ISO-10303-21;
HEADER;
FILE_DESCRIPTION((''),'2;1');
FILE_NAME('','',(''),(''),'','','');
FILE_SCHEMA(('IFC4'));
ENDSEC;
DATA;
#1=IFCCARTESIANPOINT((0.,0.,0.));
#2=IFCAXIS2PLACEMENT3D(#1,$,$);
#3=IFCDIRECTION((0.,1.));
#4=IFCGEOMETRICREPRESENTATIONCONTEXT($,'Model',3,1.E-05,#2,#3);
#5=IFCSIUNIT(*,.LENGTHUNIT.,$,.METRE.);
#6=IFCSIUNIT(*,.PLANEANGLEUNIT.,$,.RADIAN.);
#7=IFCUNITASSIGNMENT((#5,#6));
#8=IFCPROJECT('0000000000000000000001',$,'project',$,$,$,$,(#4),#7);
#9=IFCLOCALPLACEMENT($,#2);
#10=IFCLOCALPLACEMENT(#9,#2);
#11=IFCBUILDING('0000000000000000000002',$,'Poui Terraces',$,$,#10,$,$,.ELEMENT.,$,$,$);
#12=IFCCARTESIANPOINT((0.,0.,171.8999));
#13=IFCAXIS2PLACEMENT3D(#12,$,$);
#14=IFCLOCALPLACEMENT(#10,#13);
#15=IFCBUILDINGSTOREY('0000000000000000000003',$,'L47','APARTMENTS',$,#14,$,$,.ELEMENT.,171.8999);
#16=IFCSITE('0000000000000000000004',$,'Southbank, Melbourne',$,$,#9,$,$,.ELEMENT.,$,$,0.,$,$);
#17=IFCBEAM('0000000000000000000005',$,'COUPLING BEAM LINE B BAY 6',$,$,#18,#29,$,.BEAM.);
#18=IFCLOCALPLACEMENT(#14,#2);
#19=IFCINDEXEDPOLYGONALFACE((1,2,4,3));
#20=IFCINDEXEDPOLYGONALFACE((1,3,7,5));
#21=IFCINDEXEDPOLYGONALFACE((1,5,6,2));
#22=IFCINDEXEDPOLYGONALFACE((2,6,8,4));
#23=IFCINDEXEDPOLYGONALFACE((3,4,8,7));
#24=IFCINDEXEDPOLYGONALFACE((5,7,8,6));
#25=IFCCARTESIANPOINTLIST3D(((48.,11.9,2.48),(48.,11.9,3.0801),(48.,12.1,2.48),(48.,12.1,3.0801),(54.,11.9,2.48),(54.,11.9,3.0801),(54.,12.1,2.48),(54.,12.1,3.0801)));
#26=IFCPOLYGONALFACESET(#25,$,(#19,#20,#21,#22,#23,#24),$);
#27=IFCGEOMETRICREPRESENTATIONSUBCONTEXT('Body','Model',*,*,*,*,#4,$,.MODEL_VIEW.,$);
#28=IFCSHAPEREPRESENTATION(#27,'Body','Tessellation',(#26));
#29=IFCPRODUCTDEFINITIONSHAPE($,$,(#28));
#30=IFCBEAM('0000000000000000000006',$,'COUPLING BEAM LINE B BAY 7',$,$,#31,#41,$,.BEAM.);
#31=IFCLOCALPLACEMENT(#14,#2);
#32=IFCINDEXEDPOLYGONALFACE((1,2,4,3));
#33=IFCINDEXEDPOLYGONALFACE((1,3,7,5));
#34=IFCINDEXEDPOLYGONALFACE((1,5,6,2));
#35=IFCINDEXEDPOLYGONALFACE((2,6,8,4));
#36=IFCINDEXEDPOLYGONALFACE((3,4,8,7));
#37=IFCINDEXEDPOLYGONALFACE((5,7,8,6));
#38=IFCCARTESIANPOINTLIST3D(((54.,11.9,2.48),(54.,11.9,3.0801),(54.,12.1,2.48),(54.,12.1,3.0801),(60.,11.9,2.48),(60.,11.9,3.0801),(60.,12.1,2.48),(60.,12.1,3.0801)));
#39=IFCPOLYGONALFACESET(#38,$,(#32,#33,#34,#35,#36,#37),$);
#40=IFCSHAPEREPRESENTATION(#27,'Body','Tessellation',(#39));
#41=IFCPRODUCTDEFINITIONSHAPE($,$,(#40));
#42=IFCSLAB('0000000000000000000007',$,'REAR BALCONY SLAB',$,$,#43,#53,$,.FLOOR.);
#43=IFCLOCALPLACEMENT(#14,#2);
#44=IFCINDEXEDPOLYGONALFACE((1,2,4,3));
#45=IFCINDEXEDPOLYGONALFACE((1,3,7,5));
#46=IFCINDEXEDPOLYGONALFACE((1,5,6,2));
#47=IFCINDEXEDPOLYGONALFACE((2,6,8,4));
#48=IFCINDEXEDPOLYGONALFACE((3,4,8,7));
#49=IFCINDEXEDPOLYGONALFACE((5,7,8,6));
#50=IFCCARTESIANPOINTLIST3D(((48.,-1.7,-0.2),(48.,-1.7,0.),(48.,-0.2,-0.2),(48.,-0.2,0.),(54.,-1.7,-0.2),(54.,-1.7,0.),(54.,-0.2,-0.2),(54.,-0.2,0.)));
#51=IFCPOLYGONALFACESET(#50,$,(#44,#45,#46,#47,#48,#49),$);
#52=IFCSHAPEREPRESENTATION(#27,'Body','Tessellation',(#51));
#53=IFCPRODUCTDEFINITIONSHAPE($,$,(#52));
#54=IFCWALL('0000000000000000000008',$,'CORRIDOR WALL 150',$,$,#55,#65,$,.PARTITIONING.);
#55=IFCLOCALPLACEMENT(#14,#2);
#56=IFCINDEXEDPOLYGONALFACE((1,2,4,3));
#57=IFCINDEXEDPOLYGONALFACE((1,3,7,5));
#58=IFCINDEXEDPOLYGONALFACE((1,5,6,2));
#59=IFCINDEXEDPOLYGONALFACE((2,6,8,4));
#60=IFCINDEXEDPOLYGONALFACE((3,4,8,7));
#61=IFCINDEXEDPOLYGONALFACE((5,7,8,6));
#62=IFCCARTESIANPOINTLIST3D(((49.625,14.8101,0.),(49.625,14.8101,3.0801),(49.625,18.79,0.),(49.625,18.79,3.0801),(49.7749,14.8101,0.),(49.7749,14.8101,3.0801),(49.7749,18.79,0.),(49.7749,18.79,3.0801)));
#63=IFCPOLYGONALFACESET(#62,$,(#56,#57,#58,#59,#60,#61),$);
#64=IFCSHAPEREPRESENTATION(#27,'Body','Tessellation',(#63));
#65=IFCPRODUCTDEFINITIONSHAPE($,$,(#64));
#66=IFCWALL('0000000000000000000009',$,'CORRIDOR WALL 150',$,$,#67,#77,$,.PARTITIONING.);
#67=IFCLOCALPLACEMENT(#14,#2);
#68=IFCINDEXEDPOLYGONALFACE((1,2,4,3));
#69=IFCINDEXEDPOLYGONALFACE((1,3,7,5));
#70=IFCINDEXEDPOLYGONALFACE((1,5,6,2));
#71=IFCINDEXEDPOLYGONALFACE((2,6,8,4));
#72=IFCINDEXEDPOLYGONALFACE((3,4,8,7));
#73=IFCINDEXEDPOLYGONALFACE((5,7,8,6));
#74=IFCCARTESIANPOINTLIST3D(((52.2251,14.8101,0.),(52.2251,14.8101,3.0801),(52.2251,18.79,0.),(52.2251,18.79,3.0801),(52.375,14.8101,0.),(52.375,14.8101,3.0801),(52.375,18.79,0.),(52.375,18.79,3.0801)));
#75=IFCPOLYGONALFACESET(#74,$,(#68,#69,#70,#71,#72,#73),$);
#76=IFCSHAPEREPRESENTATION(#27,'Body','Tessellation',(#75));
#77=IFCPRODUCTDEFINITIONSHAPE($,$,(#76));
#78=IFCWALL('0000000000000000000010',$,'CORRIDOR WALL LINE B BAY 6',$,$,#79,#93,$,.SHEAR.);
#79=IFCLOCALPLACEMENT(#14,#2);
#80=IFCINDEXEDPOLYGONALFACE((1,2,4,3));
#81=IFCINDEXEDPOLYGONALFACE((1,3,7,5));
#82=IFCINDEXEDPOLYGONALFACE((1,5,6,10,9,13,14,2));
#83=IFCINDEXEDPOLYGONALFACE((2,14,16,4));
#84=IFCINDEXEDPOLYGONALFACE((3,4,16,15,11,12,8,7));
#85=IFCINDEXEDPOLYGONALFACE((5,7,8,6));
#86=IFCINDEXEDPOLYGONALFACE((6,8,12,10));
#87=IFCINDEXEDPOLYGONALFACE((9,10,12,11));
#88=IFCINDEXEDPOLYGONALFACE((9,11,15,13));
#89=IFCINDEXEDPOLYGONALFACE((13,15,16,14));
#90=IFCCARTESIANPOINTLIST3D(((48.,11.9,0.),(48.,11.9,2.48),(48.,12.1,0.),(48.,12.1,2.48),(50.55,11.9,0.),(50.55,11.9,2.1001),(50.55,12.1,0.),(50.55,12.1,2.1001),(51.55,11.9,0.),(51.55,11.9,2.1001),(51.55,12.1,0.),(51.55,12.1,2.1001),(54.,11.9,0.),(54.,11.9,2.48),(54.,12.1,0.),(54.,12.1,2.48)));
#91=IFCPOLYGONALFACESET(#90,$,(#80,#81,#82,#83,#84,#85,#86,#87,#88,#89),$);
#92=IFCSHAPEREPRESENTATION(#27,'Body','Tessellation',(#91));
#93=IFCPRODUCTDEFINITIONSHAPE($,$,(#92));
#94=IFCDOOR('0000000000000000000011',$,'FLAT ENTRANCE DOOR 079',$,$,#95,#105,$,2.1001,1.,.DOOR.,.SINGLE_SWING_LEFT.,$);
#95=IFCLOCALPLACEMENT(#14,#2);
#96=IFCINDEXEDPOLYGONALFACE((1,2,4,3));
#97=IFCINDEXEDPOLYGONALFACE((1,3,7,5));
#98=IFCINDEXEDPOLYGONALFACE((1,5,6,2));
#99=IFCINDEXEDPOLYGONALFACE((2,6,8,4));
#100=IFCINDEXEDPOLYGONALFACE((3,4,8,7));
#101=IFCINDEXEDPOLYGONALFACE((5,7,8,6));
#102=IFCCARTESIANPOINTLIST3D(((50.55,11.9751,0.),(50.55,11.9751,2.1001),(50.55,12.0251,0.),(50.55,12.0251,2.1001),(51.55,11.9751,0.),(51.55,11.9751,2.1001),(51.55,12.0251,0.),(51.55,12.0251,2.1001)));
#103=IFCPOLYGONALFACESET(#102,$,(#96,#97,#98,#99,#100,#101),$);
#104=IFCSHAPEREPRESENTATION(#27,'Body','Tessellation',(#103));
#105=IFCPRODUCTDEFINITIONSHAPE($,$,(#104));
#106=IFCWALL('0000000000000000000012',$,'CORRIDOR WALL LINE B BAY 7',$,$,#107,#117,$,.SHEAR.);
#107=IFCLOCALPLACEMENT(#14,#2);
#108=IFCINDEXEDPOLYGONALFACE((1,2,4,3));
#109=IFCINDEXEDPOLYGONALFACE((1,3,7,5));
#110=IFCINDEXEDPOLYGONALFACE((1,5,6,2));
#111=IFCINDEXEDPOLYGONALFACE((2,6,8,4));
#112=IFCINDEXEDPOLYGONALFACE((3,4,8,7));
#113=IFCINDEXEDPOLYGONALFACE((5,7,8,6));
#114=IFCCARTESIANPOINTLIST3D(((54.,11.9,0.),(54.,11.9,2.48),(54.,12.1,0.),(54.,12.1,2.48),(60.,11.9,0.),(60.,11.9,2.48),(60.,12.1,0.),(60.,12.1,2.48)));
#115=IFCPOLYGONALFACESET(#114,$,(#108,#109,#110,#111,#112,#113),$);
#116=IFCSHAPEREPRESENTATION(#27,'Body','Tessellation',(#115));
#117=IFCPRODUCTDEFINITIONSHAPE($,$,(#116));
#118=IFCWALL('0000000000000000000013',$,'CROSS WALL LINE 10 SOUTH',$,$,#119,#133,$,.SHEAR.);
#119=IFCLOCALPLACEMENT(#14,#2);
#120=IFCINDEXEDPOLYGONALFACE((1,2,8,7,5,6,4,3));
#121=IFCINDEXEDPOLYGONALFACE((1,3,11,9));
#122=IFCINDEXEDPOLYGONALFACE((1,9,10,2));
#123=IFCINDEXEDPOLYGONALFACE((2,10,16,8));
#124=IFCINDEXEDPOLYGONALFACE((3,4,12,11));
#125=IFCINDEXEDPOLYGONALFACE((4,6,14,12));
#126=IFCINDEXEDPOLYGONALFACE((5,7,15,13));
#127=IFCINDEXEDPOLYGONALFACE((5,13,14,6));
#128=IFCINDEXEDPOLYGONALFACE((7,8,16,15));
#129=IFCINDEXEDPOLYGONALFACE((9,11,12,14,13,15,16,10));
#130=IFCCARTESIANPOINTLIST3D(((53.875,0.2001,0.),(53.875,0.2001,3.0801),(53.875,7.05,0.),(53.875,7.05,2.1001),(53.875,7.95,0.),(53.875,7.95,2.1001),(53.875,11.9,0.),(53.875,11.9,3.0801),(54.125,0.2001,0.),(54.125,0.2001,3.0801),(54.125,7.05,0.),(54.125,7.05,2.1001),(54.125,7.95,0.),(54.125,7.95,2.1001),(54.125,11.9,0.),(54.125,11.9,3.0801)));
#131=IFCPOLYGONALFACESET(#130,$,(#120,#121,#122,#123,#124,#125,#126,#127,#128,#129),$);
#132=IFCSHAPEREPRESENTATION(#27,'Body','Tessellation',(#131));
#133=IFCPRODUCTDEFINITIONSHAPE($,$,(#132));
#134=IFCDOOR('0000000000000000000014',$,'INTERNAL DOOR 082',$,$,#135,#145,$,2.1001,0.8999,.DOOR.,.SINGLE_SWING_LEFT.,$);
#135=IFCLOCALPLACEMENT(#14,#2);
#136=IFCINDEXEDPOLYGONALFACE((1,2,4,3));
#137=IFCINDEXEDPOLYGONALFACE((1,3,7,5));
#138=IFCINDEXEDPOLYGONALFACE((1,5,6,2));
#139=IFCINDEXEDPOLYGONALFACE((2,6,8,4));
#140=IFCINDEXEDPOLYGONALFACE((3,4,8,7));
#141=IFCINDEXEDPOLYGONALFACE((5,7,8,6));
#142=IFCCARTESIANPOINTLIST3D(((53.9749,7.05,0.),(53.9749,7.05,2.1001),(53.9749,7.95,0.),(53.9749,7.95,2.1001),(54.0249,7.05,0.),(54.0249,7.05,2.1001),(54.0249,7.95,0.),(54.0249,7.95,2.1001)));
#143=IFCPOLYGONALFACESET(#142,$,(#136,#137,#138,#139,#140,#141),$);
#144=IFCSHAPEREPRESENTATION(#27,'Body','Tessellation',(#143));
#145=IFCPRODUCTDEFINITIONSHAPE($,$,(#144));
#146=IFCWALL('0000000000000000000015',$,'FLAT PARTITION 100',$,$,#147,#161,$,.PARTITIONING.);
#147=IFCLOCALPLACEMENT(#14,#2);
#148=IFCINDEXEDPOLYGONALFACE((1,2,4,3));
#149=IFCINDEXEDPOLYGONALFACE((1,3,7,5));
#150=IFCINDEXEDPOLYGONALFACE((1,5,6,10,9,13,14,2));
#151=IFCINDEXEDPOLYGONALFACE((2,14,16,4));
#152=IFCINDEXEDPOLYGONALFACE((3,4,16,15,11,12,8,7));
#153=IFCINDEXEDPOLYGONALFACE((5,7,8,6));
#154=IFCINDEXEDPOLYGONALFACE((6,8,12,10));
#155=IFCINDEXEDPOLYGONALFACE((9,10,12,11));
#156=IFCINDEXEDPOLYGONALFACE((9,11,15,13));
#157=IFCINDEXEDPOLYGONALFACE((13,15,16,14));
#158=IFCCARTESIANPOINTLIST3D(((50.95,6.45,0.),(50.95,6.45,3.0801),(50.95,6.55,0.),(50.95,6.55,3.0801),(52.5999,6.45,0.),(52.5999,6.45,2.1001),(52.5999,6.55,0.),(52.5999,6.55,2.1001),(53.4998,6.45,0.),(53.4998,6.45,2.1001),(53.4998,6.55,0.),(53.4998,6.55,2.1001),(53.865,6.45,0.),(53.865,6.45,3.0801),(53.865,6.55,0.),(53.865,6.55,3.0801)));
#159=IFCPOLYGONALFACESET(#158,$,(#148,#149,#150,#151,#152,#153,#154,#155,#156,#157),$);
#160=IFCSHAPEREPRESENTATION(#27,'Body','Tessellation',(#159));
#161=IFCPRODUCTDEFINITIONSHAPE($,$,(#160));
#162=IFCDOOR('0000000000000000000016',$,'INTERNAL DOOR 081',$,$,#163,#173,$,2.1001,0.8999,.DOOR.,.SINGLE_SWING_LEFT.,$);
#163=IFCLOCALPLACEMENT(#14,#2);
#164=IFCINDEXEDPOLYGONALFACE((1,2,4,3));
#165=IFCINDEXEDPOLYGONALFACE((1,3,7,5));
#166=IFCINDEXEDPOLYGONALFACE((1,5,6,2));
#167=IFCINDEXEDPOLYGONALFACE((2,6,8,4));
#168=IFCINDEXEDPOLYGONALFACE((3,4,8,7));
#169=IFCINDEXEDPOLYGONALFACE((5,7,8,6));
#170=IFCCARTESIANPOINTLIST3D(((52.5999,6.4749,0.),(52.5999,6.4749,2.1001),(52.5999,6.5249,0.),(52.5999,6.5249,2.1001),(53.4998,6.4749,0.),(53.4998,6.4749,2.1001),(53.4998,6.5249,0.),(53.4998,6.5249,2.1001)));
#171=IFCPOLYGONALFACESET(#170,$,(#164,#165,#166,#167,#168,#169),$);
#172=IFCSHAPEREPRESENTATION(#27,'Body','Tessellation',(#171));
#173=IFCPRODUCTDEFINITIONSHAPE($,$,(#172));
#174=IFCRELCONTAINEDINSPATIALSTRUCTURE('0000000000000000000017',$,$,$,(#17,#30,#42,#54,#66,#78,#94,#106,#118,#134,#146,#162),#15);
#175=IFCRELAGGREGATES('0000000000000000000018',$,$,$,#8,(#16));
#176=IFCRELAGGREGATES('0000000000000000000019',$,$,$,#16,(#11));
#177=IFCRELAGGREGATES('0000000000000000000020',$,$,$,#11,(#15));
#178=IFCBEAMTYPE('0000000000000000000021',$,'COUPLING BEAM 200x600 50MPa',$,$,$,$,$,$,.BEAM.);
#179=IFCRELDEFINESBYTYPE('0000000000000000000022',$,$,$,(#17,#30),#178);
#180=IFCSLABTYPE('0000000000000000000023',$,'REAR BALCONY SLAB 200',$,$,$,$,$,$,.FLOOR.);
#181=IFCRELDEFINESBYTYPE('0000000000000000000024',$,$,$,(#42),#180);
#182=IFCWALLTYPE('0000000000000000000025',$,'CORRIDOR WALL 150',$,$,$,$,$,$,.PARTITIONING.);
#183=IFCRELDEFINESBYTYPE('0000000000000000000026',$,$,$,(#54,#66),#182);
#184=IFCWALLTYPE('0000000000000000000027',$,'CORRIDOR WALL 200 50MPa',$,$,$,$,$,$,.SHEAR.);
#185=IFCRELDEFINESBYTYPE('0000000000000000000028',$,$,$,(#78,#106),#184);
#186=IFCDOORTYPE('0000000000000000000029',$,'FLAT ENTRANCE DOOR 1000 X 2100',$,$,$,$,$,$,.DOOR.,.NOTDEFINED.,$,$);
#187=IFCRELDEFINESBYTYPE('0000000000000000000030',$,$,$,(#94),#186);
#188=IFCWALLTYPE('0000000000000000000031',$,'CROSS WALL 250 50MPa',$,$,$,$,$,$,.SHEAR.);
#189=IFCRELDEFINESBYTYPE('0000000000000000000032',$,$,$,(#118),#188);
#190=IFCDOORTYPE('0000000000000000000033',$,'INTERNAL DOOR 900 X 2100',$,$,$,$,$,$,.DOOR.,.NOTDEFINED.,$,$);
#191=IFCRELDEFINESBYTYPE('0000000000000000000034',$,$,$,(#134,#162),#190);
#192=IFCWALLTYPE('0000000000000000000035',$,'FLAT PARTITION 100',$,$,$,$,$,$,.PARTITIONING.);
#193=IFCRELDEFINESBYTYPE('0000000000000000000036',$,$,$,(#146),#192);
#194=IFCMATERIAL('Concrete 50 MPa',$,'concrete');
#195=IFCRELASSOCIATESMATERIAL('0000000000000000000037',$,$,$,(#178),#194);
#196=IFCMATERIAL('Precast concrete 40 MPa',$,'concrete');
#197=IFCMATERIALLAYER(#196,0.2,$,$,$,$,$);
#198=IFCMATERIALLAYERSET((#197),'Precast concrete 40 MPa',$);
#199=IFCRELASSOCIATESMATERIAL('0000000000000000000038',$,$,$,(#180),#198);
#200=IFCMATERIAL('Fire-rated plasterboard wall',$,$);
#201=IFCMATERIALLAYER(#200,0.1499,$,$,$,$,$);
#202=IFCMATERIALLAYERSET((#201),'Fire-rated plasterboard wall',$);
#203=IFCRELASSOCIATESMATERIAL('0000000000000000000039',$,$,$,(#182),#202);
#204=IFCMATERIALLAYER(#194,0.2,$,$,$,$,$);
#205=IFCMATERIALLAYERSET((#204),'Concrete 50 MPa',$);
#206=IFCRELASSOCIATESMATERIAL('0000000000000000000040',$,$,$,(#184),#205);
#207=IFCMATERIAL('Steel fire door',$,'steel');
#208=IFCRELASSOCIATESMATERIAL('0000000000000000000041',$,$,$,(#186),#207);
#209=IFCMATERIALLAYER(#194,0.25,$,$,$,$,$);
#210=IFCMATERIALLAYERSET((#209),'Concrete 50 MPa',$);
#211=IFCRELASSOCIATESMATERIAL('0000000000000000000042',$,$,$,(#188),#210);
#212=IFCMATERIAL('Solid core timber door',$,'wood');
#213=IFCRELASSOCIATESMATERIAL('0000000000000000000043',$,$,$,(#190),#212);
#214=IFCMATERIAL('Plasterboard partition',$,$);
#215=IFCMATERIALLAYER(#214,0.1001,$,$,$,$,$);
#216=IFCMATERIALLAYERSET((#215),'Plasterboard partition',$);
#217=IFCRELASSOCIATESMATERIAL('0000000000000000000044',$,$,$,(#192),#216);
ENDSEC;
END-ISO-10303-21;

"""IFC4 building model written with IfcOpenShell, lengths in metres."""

from ifc_helpers import new_model, si_unit, direction, frame, frame_2d, origin, origin_2d, place, context, subcontext, project, spatial, polyline, rectangle, outline, extrude, source, transform, mapped, material, layer, layer_set, material_profile, profile_set, type_object, element, fill, save


model = new_model("IFC4")

# Units and contexts
model_context = context("Model", 3, precision=1e-05, world=origin(), true_north=direction((0.0, 1.0)))
body_context = subcontext(model_context, "Body", "Model", "MODEL_VIEW")
ifc_project = project(units=[si_unit("LENGTHUNIT", "METRE"), si_unit("PLANEANGLEUNIT", "RADIAN")], contexts=[model_context])

# Site, building, storey
site_placement = place(None, origin())
site = spatial("IfcSite", under=ifc_project, at=site_placement, Name="Southbank, Melbourne", CompositionType="ELEMENT", RefElevation=0.0)
building_placement = place(site_placement, origin())
building = spatial("IfcBuilding", under=site, at=building_placement, Name="Poui Terraces", CompositionType="ELEMENT")
storey_placement = place(building_placement, frame((0.0, 0.0, 171.8999)))
storey = spatial("IfcBuildingStorey", under=building, at=storey_placement, Name="L47", Description="APARTMENTS", CompositionType="ELEMENT", Elevation=171.8999)

# Beams
ifc_material_1 = material(Name="Concrete 50 MPa", Category="concrete")
ifc_material_profile_1 = material_profile(ifc_material_1, rectangle(XDim=0.2, YDim=0.6001, at=origin_2d()), Name="RC 200x600")
ifc_profile_set_1 = profile_set([ifc_material_profile_1], Name="Concrete 50 MPa")
beam_type = type_object("IfcBeamType", Name="COUPLING BEAM 200x600 50MPa", PredefinedType="BEAM", material=ifc_profile_set_1)
shared_shape_1 = source(origin(), body_context, "Body", "SweptSolid", [
    extrude(rectangle(XDim=0.2, YDim=0.6001, at=origin_2d()), origin(), (0.0, 0.0, 1.0), 6.0),
])
for number, where, z_axis, x_axis, name in (
    (1, (48.0, 12.0, 2.78), (1.0, 0.0, 0.0), (0.0, 1.0, 0.0), "COUPLING BEAM LINE B BAY 6"),
    (2, (54.0, 12.0, 2.78), (1.0, 0.0, 0.0), (0.0, 1.0, 0.0), "COUPLING BEAM LINE B BAY 7"),
):
    element("IfcBeam", number, at=place(storey_placement, frame(where, z_axis=z_axis, x_axis=x_axis)), inside=storey, type_object=beam_type, Name=name, PredefinedType="BEAM", context=body_context, shape_type="MappedRepresentation", body=[
        mapped(shared_shape_1, transform((0.0, 0.0, 0.0))),
    ])

# Slab
ifc_material_2 = material(Name="Precast concrete 40 MPa", Category="concrete")
ifc_layer_1 = layer(ifc_material_2, 0.2)
ifc_layer_set_1 = layer_set([ifc_layer_1], Name="Precast concrete 40 MPa")
slab_type = type_object("IfcSlabType", Name="REAR BALCONY SLAB 200", PredefinedType="FLOOR", material=ifc_layer_set_1)
shared_shape_2 = source(origin(), body_context, "Body", "SweptSolid", [
    extrude(outline(polyline([(0.0, 0.0), (6.0, 0.0), (6.0, 1.5), (0.0, 1.5), (0.0, 0.0)])), origin(), (0.0, 0.0, 1.0), 0.2),
])
slab_placement = place(storey_placement, frame((48.0, -1.7, -0.2)))
element("IfcSlab", 3, at=slab_placement, inside=storey, type_object=slab_type, Name="REAR BALCONY SLAB", PredefinedType="FLOOR", context=body_context, shape_type="MappedRepresentation", body=[
    mapped(shared_shape_2, transform((0.0, 0.0, 0.0))),
])

# Walls
ifc_material_3 = material(Name="Fire-rated plasterboard wall")
ifc_layer_2 = layer(ifc_material_3, 0.1499)
ifc_layer_set_2 = layer_set([ifc_layer_2], Name="Fire-rated plasterboard wall")
wall_type_1 = type_object("IfcWallType", Name="CORRIDOR WALL 150", PredefinedType="PARTITIONING", material=ifc_layer_set_2)
for number, where, z_axis, x_axis, name in (
    (4, (49.7, 14.8101, 0.0), (0.0, 0.0, 1.0), (0.0, 1.0, 0.0), "CORRIDOR WALL 150"),
    (5, (52.3, 14.8101, 0.0), (0.0, 0.0, 1.0), (0.0, 1.0, 0.0), "CORRIDOR WALL 150"),
):
    element("IfcWall", number, at=place(storey_placement, frame(where, z_axis=z_axis, x_axis=x_axis)), inside=storey, type_object=wall_type_1, Name=name, PredefinedType="PARTITIONING", context=body_context, shape_type="SweptSolid", body=[
        extrude(rectangle(XDim=3.98, YDim=0.1499, at=frame_2d((1.99, 0.0))), origin(), (0.0, 0.0, 1.0), 3.0801),
    ])

# Wall, opening, door
ifc_layer_3 = layer(ifc_material_1, 0.2)
ifc_layer_set_3 = layer_set([ifc_layer_3], Name="Concrete 50 MPa")
wall_type_2 = type_object("IfcWallType", Name="CORRIDOR WALL 200 50MPa", PredefinedType="SHEAR", material=ifc_layer_set_3)
wall_1_placement = place(storey_placement, frame((48.0, 12.0, 0.0), z_axis=(0.0, 0.0, 1.0), x_axis=(1.0, 0.0, 0.0)))
wall_1 = element("IfcWall", 6, at=wall_1_placement, inside=storey, type_object=wall_type_2, Name="CORRIDOR WALL LINE B BAY 6", PredefinedType="SHEAR", context=body_context, shape_type="SweptSolid", body=[
    extrude(rectangle(XDim=6.0, YDim=0.2, at=frame_2d((3.0, 0.0))), origin(), (0.0, 0.0, 1.0), 2.48),
])
opening_1_placement = place(wall_1_placement, frame((2.55, 0.0, 0.0)))
opening_1 = element("IfcOpeningElement", 7, at=opening_1_placement, cuts=wall_1, PredefinedType="OPENING", context=body_context, shape_type="SweptSolid", body=[
    extrude(rectangle(XDim=1.0, YDim=2.1001, at=frame_2d((0.5, 1.05))), frame((0.0, 0.1099, 0.0), z_axis=(0.0, -1.0, 0.0), x_axis=(1.0, 0.0, 0.0)), (0.0, 0.0, 1.0), 0.22),
])
ifc_material_4 = material(Name="Steel fire door", Category="steel")
door_type_1 = type_object("IfcDoorType", Name="FLAT ENTRANCE DOOR 1000 X 2100", OperationType="NOTDEFINED", PredefinedType="DOOR", material=ifc_material_4)
door_1_placement = place(opening_1_placement, frame((1.0, 0.0, 0.0), z_axis=(0.0, 0.0, 1.0), x_axis=(-1.0, 0.0, 0.0)))
door_1 = element("IfcDoor", 8, at=door_1_placement, inside=storey, type_object=door_type_1, Name="FLAT ENTRANCE DOOR 079", OperationType="SINGLE_SWING_LEFT", OverallHeight=2.1001, OverallWidth=1.0, PredefinedType="DOOR", context=body_context, shape_type="SweptSolid", body=[
    extrude(rectangle(XDim=1.0, YDim=2.1001, at=frame_2d((0.5, 1.05))), frame((0.0, 0.0249, 0.0), z_axis=(0.0, -1.0, 0.0), x_axis=(1.0, 0.0, 0.0)), (0.0, 0.0, 1.0), 0.05),
])
fill(opening_1, door_1)

# Wall
wall_2_placement = place(storey_placement, frame((54.0, 12.0, 0.0), z_axis=(0.0, 0.0, 1.0), x_axis=(1.0, 0.0, 0.0)))
element("IfcWall", 9, at=wall_2_placement, inside=storey, type_object=wall_type_2, Name="CORRIDOR WALL LINE B BAY 7", PredefinedType="SHEAR", context=body_context, shape_type="SweptSolid", body=[
    extrude(rectangle(XDim=6.0, YDim=0.2, at=frame_2d((3.0, 0.0))), origin(), (0.0, 0.0, 1.0), 2.48),
])

# Walls, openings, doors
ifc_layer_4 = layer(ifc_material_1, 0.25)
ifc_layer_set_4 = layer_set([ifc_layer_4], Name="Concrete 50 MPa")
wall_type_3 = type_object("IfcWallType", Name="CROSS WALL 250 50MPa", PredefinedType="SHEAR", material=ifc_layer_set_4)
wall_3_placement = place(storey_placement, frame((54.0, 0.2, 0.0), z_axis=(0.0, 0.0, 1.0), x_axis=(0.0, 1.0, 0.0)))
wall_3 = element("IfcWall", 10, at=wall_3_placement, inside=storey, type_object=wall_type_3, Name="CROSS WALL LINE 10 SOUTH", PredefinedType="SHEAR", context=body_context, shape_type="SweptSolid", body=[
    extrude(rectangle(XDim=11.7, YDim=0.25, at=frame_2d((5.8501, 0.0))), origin(), (0.0, 0.0, 1.0), 3.0801),
])
opening_2_placement = place(wall_3_placement, frame((6.8501, 0.0, 0.0)))
opening_2 = element("IfcOpeningElement", 11, at=opening_2_placement, cuts=wall_3, PredefinedType="OPENING", context=body_context, shape_type="SweptSolid", body=[
    extrude(rectangle(XDim=0.8999, YDim=2.1001, at=frame_2d((0.45, 1.05))), frame((0.0, 0.135, 0.0), z_axis=(0.0, -1.0, 0.0), x_axis=(1.0, 0.0, 0.0)), (0.0, 0.0, 1.0), 0.27),
])
ifc_material_5 = material(Name="Solid core timber door", Category="wood")
door_type_2 = type_object("IfcDoorType", Name="INTERNAL DOOR 900 X 2100", OperationType="NOTDEFINED", PredefinedType="DOOR", material=ifc_material_5)
door_2_placement = place(opening_2_placement, frame((0.8999, 0.0, 0.0), z_axis=(0.0, 0.0, 1.0), x_axis=(-1.0, 0.0, 0.0)))
door_2 = element("IfcDoor", 12, at=door_2_placement, inside=storey, type_object=door_type_2, Name="INTERNAL DOOR 082", OperationType="SINGLE_SWING_LEFT", OverallHeight=2.1001, OverallWidth=0.8999, PredefinedType="DOOR", context=body_context, shape_type="SweptSolid", body=[
    extrude(rectangle(XDim=0.8999, YDim=2.1001, at=frame_2d((0.45, 1.05))), frame((0.0, 0.0249, 0.0), z_axis=(0.0, -1.0, 0.0), x_axis=(1.0, 0.0, 0.0)), (0.0, 0.0, 1.0), 0.05),
])
fill(opening_2, door_2)
ifc_material_6 = material(Name="Plasterboard partition")
ifc_layer_5 = layer(ifc_material_6, 0.1001)
ifc_layer_set_5 = layer_set([ifc_layer_5], Name="Plasterboard partition")
wall_type_4 = type_object("IfcWallType", Name="FLAT PARTITION 100", PredefinedType="PARTITIONING", material=ifc_layer_set_5)
wall_4_placement = place(storey_placement, frame((50.95, 6.5, 0.0), z_axis=(0.0, 0.0, 1.0), x_axis=(1.0, 0.0, 0.0)))
wall_4 = element("IfcWall", 13, at=wall_4_placement, inside=storey, type_object=wall_type_4, Name="FLAT PARTITION 100", PredefinedType="PARTITIONING", context=body_context, shape_type="SweptSolid", body=[
    extrude(rectangle(XDim=2.915, YDim=0.1001, at=frame_2d((1.4575, 0.0))), origin(), (0.0, 0.0, 1.0), 3.0801),
])
opening_3_placement = place(wall_4_placement, frame((1.6499, 0.0, 0.0)))
opening_3 = element("IfcOpeningElement", 14, at=opening_3_placement, cuts=wall_4, PredefinedType="OPENING", context=body_context, shape_type="SweptSolid", body=[
    extrude(rectangle(XDim=0.8999, YDim=2.1001, at=frame_2d((0.45, 1.05))), frame((0.0, 0.0601, 0.0), z_axis=(0.0, -1.0, 0.0), x_axis=(1.0, 0.0, 0.0)), (0.0, 0.0, 1.0), 0.1201),
])
door_3_placement = place(opening_3_placement, origin())
door_3 = element("IfcDoor", 15, at=door_3_placement, inside=storey, type_object=door_type_2, Name="INTERNAL DOOR 081", OperationType="SINGLE_SWING_LEFT", OverallHeight=2.1001, OverallWidth=0.8999, PredefinedType="DOOR", context=body_context, shape_type="SweptSolid", body=[
    extrude(rectangle(XDim=0.8999, YDim=2.1001, at=frame_2d((0.45, 1.05))), frame((0.0, 0.0249, 0.0), z_axis=(0.0, -1.0, 0.0), x_axis=(1.0, 0.0, 0.0)), (0.0, 0.0, 1.0), 0.05),
])
fill(opening_3, door_3)

save(model, "model.ifc")
